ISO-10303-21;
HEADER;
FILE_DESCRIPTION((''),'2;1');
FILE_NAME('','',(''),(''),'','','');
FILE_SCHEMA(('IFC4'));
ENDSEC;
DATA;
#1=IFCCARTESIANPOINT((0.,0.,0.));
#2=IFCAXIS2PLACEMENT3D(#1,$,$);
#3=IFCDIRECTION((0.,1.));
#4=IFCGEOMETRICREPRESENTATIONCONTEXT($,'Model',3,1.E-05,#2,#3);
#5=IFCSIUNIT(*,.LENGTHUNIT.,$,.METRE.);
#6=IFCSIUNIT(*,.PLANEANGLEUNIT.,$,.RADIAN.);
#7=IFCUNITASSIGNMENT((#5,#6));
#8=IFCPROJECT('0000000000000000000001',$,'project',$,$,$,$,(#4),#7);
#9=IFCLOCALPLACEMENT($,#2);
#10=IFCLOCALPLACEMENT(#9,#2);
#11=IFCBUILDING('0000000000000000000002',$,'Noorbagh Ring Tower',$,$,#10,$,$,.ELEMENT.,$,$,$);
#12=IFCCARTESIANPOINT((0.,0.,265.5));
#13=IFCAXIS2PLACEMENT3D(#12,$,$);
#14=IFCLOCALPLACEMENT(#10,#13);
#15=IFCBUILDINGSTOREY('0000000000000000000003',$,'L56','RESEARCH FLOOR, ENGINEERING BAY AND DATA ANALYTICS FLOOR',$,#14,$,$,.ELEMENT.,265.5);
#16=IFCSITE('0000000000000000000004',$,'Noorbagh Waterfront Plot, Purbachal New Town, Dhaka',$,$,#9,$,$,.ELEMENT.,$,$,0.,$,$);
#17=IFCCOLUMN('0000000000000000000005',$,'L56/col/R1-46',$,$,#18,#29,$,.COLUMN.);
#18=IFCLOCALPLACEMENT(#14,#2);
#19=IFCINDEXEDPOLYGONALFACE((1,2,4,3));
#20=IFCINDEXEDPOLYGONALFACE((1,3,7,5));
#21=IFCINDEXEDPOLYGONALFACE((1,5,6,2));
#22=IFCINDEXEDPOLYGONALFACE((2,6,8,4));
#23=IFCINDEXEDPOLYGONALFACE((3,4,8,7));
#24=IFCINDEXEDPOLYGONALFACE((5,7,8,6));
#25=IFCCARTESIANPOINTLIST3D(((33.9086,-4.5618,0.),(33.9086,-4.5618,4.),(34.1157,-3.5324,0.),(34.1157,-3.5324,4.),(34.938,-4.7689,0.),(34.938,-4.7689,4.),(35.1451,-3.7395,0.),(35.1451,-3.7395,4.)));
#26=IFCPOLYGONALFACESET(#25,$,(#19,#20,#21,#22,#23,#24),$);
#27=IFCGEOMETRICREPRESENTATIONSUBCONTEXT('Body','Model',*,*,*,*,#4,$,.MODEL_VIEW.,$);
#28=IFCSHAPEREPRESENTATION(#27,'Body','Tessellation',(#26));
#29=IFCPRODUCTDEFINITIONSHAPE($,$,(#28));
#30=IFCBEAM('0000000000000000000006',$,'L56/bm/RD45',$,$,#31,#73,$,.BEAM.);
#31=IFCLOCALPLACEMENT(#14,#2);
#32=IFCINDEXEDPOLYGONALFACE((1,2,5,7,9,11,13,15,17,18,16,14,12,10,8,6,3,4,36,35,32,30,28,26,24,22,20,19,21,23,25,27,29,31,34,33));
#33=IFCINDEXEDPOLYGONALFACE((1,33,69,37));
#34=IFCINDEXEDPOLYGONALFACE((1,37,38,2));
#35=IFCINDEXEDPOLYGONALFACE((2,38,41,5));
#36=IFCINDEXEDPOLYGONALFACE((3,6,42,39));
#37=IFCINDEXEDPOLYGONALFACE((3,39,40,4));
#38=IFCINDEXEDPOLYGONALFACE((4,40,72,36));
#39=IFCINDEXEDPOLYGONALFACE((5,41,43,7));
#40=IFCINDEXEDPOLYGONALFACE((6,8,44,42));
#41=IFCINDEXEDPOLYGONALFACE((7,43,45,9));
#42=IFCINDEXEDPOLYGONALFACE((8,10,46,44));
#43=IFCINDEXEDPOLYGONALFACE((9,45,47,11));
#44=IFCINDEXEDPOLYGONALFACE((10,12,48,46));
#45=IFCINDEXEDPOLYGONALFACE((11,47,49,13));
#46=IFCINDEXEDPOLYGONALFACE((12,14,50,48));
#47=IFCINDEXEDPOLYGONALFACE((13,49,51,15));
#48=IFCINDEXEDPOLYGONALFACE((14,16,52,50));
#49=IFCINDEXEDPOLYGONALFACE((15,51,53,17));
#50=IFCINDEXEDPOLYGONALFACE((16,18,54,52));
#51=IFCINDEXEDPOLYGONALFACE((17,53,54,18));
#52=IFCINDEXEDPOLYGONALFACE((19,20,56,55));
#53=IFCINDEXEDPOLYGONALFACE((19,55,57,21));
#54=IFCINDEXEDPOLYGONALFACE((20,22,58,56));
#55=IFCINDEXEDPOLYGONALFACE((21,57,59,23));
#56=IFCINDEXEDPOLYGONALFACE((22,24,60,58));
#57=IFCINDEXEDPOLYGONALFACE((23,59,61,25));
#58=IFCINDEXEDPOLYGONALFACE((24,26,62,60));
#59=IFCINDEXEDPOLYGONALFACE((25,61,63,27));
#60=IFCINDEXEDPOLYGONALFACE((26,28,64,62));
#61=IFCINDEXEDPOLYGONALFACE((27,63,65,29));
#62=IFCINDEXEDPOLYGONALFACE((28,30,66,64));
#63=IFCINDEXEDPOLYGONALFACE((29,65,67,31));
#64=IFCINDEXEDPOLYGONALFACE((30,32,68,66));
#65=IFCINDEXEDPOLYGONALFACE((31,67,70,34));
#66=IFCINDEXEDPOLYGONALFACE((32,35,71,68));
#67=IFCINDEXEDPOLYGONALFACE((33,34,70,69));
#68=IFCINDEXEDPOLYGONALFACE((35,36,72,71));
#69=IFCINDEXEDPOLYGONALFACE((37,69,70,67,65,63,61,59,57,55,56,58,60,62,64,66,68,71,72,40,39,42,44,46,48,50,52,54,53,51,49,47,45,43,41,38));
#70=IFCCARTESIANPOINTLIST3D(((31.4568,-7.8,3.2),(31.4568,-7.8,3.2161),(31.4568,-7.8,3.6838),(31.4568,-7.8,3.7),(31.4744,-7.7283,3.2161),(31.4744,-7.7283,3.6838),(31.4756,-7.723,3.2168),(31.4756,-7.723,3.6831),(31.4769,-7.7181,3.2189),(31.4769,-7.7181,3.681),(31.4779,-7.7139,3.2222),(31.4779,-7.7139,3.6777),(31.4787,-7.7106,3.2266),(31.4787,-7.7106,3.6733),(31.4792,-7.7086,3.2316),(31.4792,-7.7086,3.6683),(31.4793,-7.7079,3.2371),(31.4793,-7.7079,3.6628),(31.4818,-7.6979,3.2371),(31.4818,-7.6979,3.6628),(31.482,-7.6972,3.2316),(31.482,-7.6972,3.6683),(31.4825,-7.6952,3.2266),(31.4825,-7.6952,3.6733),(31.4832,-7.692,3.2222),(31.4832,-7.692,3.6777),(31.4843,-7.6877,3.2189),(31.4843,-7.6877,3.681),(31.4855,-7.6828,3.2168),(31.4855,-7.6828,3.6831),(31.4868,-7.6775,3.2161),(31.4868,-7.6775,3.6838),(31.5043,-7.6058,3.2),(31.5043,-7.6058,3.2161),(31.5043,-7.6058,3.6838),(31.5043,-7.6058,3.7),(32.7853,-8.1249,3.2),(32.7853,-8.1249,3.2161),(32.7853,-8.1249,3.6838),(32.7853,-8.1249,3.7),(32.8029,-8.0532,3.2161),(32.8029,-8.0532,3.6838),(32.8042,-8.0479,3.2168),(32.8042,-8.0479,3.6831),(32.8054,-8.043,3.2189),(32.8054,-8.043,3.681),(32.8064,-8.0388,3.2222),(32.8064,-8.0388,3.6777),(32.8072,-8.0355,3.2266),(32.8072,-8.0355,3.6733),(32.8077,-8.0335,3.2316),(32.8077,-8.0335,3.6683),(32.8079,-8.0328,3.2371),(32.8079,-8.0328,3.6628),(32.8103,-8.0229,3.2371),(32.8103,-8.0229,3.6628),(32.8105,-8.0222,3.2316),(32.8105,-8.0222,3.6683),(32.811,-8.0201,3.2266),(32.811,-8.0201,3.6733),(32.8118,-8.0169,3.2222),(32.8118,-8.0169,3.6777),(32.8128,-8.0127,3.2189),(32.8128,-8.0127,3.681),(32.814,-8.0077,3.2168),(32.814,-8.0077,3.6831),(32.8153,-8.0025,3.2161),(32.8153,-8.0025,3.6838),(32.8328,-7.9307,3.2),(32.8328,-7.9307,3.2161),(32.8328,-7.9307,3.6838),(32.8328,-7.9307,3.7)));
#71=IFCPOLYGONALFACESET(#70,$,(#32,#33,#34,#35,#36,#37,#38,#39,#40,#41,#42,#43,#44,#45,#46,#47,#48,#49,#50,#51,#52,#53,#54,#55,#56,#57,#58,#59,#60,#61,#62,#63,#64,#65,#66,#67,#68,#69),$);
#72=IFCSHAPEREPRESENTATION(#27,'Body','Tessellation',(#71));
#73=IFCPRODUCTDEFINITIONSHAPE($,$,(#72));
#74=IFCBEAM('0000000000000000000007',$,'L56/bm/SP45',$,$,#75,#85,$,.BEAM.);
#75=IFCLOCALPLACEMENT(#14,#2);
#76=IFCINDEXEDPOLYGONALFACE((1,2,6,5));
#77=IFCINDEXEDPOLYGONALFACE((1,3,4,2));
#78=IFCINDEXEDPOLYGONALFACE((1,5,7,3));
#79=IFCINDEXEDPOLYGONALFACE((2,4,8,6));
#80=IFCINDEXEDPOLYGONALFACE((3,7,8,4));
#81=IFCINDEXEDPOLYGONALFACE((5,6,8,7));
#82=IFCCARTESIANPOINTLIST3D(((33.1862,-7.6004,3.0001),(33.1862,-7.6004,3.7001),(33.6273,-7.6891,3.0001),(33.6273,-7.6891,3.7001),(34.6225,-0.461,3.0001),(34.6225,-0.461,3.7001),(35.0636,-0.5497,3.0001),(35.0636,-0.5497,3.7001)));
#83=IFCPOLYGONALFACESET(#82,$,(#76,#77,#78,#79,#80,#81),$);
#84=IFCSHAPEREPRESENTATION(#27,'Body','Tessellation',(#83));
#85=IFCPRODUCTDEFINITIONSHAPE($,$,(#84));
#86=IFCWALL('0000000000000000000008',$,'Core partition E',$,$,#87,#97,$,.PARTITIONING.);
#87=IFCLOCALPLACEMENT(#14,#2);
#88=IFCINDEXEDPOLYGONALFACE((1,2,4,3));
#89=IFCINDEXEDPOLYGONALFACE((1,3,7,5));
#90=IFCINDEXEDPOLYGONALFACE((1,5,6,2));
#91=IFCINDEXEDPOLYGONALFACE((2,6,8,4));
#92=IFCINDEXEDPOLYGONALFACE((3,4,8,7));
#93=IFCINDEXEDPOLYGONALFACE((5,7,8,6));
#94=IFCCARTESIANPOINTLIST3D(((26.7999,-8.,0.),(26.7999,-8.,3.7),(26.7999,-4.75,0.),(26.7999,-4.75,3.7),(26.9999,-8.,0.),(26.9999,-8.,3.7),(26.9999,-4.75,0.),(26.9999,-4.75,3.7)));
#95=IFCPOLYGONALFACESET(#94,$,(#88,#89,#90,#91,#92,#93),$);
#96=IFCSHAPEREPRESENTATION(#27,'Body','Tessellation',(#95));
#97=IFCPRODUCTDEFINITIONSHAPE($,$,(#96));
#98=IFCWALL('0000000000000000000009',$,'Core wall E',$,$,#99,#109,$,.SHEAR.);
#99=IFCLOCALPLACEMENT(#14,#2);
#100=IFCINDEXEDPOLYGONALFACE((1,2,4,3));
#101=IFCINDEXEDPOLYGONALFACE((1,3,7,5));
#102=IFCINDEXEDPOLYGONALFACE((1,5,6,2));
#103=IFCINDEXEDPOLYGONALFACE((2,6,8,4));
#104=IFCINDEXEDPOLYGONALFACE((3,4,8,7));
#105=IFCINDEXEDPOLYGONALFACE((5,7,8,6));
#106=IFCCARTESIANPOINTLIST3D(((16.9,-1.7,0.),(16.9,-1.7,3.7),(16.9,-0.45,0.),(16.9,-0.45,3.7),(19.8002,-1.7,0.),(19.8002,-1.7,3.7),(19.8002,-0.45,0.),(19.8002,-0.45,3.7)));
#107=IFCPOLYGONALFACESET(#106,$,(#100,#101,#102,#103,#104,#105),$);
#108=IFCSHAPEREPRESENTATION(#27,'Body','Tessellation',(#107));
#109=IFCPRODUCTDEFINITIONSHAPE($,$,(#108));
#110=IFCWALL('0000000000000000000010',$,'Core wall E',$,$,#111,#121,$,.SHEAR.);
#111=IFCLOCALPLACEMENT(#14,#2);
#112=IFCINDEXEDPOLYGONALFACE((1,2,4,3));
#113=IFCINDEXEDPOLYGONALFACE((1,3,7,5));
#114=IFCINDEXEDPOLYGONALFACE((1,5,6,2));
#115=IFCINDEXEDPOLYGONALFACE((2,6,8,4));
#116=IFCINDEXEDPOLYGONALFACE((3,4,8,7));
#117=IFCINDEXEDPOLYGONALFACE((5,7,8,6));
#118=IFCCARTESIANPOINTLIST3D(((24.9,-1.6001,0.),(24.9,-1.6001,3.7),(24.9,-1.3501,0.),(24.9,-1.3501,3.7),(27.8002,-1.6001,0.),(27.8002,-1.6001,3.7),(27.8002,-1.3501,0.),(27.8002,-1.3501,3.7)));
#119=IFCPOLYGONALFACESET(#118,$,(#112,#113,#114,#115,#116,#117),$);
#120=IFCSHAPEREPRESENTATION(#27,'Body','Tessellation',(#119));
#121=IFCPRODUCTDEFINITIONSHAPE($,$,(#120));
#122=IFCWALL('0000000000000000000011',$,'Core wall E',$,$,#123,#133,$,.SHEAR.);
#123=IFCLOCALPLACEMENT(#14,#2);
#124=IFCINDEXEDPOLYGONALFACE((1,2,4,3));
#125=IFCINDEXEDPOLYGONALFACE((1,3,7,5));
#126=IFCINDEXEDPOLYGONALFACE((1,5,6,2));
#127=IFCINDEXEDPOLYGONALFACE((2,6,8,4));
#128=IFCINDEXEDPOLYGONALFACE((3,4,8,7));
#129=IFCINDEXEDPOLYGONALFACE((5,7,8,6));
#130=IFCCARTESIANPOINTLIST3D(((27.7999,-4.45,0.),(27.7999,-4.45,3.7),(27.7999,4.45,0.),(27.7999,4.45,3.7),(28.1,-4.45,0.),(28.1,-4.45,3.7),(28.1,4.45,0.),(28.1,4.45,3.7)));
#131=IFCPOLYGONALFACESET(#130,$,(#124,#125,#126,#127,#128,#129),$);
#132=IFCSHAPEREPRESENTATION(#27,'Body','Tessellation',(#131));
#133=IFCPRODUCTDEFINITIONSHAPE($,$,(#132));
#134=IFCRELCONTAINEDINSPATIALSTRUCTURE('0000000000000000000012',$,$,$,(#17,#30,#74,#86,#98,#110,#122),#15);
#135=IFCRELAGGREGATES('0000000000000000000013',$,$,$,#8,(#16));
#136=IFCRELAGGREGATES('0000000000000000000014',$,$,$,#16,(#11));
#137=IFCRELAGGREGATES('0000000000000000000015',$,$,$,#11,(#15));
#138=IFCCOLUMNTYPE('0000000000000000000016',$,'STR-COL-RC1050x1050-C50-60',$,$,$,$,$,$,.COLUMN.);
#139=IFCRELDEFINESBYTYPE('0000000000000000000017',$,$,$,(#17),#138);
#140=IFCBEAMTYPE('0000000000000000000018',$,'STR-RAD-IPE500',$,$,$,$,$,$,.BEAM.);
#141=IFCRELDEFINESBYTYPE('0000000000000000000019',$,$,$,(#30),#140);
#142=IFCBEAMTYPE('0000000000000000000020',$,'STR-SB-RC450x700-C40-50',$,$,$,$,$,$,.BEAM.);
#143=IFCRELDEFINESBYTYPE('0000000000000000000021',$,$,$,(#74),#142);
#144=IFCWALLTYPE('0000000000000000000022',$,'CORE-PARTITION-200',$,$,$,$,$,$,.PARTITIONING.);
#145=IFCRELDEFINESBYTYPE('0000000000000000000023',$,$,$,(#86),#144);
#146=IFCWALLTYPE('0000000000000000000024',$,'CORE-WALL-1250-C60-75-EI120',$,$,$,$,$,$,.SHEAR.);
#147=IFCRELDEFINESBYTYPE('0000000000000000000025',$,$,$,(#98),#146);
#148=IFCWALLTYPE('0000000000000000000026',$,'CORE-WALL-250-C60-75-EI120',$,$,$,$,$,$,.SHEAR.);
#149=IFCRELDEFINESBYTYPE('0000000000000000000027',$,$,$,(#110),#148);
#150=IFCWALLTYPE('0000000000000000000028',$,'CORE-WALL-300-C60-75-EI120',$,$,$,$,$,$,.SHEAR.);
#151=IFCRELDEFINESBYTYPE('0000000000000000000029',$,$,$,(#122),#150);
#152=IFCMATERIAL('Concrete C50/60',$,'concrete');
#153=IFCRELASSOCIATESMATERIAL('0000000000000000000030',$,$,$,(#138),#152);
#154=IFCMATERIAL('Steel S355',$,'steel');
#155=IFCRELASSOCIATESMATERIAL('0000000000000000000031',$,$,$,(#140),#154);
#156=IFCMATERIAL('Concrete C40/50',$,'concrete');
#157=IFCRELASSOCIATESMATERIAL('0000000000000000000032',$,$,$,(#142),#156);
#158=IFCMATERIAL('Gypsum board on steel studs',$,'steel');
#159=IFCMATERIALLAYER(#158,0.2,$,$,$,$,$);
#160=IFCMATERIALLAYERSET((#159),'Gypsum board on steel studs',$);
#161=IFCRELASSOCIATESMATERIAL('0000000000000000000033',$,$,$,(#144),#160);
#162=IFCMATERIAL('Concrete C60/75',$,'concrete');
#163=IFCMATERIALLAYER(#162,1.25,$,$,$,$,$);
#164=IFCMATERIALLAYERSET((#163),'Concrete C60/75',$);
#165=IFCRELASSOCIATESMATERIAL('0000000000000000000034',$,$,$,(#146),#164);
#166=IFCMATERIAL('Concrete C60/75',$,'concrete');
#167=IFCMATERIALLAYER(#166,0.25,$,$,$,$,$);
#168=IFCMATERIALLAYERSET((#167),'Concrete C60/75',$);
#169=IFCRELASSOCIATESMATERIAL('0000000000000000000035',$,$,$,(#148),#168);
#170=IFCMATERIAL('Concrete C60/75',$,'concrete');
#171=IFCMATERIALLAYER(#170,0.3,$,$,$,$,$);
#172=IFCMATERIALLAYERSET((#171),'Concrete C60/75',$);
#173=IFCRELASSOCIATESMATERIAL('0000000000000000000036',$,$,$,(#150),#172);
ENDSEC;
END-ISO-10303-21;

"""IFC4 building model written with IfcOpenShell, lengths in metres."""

from ifc_helpers import new_model, si_unit, direction, frame, frame_2d, origin, origin_2d, place, context, subcontext, project, spatial, rectangle, i_section, extrude, material, layer, layer_set, material_profile, profile_set, type_object, element, save


model = new_model("IFC4")

# Units and contexts
model_context = context("Model", 3, precision=1e-05, world=origin(), true_north=direction((0.0, 1.0)))
body_context = subcontext(model_context, "Body", "Model", "MODEL_VIEW")
ifc_project = project(units=[si_unit("LENGTHUNIT", "METRE"), si_unit("PLANEANGLEUNIT", "RADIAN")], contexts=[model_context])

# Site, building, storey
site_placement = place(None, origin())
site = spatial("IfcSite", under=ifc_project, at=site_placement, Name="Noorbagh Waterfront Plot, Purbachal New Town, Dhaka", CompositionType="ELEMENT", RefElevation=0.0)
building_placement = place(site_placement, origin())
building = spatial("IfcBuilding", under=site, at=building_placement, Name="Noorbagh Ring Tower", CompositionType="ELEMENT")
storey_placement = place(building_placement, frame((0.0, 0.0, 265.5)))
storey = spatial("IfcBuildingStorey", under=building, at=storey_placement, Name="L56", Description="RESEARCH FLOOR, ENGINEERING BAY AND DATA ANALYTICS FLOOR", CompositionType="ELEMENT", Elevation=265.5)

# Column
ifc_material_1 = material(Name="Concrete C50/60", Category="concrete")
ifc_material_profile_1 = material_profile(ifc_material_1, rectangle(XDim=1.05, YDim=1.05, at=origin_2d()), Name="RC1050x1050")
ifc_profile_set_1 = profile_set([ifc_material_profile_1], Name="Concrete C50/60")
column_type = type_object("IfcColumnType", Name="STR-COL-RC1050x1050-C50-60", PredefinedType="COLUMN", material=ifc_profile_set_1)
column_placement = place(storey_placement, frame((34.5269, -4.1506, 0.0), z_axis=(0.0, 0.0, 1.0), x_axis=(0.19723, 0.980357, 0.0)))
element("IfcColumn", 1, at=column_placement, inside=storey, type_object=column_type, Name="L56/col/R1-46", PredefinedType="COLUMN", context=body_context, shape_type="SweptSolid", body=[
    extrude(rectangle(XDim=1.05, YDim=1.05, at=origin_2d()), origin(), (0.0, 0.0, 1.0), 4.0),
])

# Beams
ifc_material_2 = material(Name="Steel S355", Category="steel")
ifc_material_profile_2 = material_profile(ifc_material_2, i_section(OverallWidth=0.2, OverallDepth=0.5, WebThickness=0.0103, FlangeThickness=0.0161, FilletRadius=0.021, at=origin_2d()), Name="IPE500")
ifc_profile_set_2 = profile_set([ifc_material_profile_2], Name="Steel S355")
beam_type_1 = type_object("IfcBeamType", Name="STR-RAD-IPE500", PredefinedType="BEAM", material=ifc_profile_set_2)
beam_1_placement = place(storey_placement, frame((32.8091, -8.0278, 3.45), z_axis=(-0.971369, 0.237577, 0.0), x_axis=(-0.237577, -0.971369, 0.0)))
element("IfcBeam", 2, at=beam_1_placement, inside=storey, type_object=beam_type_1, Name="L56/bm/RD45", PredefinedType="BEAM", context=body_context, shape_type="SweptSolid", body=[
    extrude(i_section(OverallWidth=0.2, OverallDepth=0.5, WebThickness=0.0103, FlangeThickness=0.0161, FilletRadius=0.021, at=origin_2d()), origin(), (0.0, 0.0, 1.0), 1.3677),
])
ifc_material_3 = material(Name="Concrete C40/50", Category="concrete")
ifc_material_profile_3 = material_profile(ifc_material_3, rectangle(XDim=0.45, YDim=0.7, at=origin_2d()), Name="RC450x700")
ifc_profile_set_3 = profile_set([ifc_material_profile_3], Name="Concrete C40/50")
beam_type_2 = type_object("IfcBeamType", Name="STR-SB-RC450x700-C40-50", PredefinedType="BEAM", material=ifc_profile_set_3)
beam_2_placement = place(storey_placement, frame((33.4067, -7.6448, 3.3501), z_axis=(0.197225, 0.980358, 0.0), x_axis=(-0.980358, 0.197225, 0.0)))
element("IfcBeam", 3, at=beam_2_placement, inside=storey, type_object=beam_type_2, Name="L56/bm/SP45", PredefinedType="BEAM", context=body_context, shape_type="SweptSolid", body=[
    extrude(rectangle(XDim=0.45, YDim=0.7, at=origin_2d()), origin(), (0.0, 0.0, 1.0), 7.2825),
])

# Walls
ifc_material_4 = material(Name="Gypsum board on steel studs", Category="steel")
ifc_layer_1 = layer(ifc_material_4, 0.2)
ifc_layer_set_1 = layer_set([ifc_layer_1], Name="Gypsum board on steel studs")
wall_type_1 = type_object("IfcWallType", Name="CORE-PARTITION-200", PredefinedType="PARTITIONING", material=ifc_layer_set_1)
wall_1_placement = place(storey_placement, frame((26.8999, -8.0, 0.0), z_axis=(0.0, 0.0, 1.0), x_axis=(0.0, 1.0, 0.0)))
element("IfcWall", 4, at=wall_1_placement, inside=storey, type_object=wall_type_1, Name="Core partition E", PredefinedType="PARTITIONING", context=body_context, shape_type="SweptSolid", body=[
    extrude(rectangle(XDim=3.25, YDim=0.2, at=frame_2d((1.625, 0.0))), origin(), (0.0, 0.0, 1.0), 3.7),
])
ifc_material_5 = material(Name="Concrete C60/75", Category="concrete")
ifc_layer_2 = layer(ifc_material_5, 1.25)
ifc_layer_set_2 = layer_set([ifc_layer_2], Name="Concrete C60/75")
wall_type_2 = type_object("IfcWallType", Name="CORE-WALL-1250-C60-75-EI120", PredefinedType="SHEAR", material=ifc_layer_set_2)
wall_2_placement = place(storey_placement, frame((16.8999, -1.075, 0.0), z_axis=(0.0, 0.0, 1.0), x_axis=(1.0, 0.0, 0.0)))
element("IfcWall", 5, at=wall_2_placement, inside=storey, type_object=wall_type_2, Name="Core wall E", PredefinedType="SHEAR", context=body_context, shape_type="SweptSolid", body=[
    extrude(rectangle(XDim=2.9001, YDim=1.25, at=frame_2d((1.4502, 0.0))), origin(), (0.0, 0.0, 1.0), 3.7),
])
ifc_material_6 = material(Name="Concrete C60/75", Category="concrete")
ifc_layer_3 = layer(ifc_material_6, 0.25)
ifc_layer_set_3 = layer_set([ifc_layer_3], Name="Concrete C60/75")
wall_type_3 = type_object("IfcWallType", Name="CORE-WALL-250-C60-75-EI120", PredefinedType="SHEAR", material=ifc_layer_set_3)
wall_3_placement = place(storey_placement, frame((24.8999, -1.4751, 0.0), z_axis=(0.0, 0.0, 1.0), x_axis=(1.0, 0.0, 0.0)))
element("IfcWall", 6, at=wall_3_placement, inside=storey, type_object=wall_type_3, Name="Core wall E", PredefinedType="SHEAR", context=body_context, shape_type="SweptSolid", body=[
    extrude(rectangle(XDim=2.9001, YDim=0.25, at=frame_2d((1.4502, 0.0))), origin(), (0.0, 0.0, 1.0), 3.7),
])
ifc_material_7 = material(Name="Concrete C60/75", Category="concrete")
ifc_layer_4 = layer(ifc_material_7, 0.3)
ifc_layer_set_4 = layer_set([ifc_layer_4], Name="Concrete C60/75")
wall_type_4 = type_object("IfcWallType", Name="CORE-WALL-300-C60-75-EI120", PredefinedType="SHEAR", material=ifc_layer_set_4)
wall_4_placement = place(storey_placement, frame((27.95, -4.45, 0.0), z_axis=(0.0, 0.0, 1.0), x_axis=(0.0, 1.0, 0.0)))
element("IfcWall", 7, at=wall_4_placement, inside=storey, type_object=wall_type_4, Name="Core wall E", PredefinedType="SHEAR", context=body_context, shape_type="SweptSolid", body=[
    extrude(rectangle(XDim=8.8999, YDim=0.3, at=frame_2d((4.45, 0.0))), origin(), (0.0, 0.0, 1.0), 3.7),
])

save(model, "model.ifc")
